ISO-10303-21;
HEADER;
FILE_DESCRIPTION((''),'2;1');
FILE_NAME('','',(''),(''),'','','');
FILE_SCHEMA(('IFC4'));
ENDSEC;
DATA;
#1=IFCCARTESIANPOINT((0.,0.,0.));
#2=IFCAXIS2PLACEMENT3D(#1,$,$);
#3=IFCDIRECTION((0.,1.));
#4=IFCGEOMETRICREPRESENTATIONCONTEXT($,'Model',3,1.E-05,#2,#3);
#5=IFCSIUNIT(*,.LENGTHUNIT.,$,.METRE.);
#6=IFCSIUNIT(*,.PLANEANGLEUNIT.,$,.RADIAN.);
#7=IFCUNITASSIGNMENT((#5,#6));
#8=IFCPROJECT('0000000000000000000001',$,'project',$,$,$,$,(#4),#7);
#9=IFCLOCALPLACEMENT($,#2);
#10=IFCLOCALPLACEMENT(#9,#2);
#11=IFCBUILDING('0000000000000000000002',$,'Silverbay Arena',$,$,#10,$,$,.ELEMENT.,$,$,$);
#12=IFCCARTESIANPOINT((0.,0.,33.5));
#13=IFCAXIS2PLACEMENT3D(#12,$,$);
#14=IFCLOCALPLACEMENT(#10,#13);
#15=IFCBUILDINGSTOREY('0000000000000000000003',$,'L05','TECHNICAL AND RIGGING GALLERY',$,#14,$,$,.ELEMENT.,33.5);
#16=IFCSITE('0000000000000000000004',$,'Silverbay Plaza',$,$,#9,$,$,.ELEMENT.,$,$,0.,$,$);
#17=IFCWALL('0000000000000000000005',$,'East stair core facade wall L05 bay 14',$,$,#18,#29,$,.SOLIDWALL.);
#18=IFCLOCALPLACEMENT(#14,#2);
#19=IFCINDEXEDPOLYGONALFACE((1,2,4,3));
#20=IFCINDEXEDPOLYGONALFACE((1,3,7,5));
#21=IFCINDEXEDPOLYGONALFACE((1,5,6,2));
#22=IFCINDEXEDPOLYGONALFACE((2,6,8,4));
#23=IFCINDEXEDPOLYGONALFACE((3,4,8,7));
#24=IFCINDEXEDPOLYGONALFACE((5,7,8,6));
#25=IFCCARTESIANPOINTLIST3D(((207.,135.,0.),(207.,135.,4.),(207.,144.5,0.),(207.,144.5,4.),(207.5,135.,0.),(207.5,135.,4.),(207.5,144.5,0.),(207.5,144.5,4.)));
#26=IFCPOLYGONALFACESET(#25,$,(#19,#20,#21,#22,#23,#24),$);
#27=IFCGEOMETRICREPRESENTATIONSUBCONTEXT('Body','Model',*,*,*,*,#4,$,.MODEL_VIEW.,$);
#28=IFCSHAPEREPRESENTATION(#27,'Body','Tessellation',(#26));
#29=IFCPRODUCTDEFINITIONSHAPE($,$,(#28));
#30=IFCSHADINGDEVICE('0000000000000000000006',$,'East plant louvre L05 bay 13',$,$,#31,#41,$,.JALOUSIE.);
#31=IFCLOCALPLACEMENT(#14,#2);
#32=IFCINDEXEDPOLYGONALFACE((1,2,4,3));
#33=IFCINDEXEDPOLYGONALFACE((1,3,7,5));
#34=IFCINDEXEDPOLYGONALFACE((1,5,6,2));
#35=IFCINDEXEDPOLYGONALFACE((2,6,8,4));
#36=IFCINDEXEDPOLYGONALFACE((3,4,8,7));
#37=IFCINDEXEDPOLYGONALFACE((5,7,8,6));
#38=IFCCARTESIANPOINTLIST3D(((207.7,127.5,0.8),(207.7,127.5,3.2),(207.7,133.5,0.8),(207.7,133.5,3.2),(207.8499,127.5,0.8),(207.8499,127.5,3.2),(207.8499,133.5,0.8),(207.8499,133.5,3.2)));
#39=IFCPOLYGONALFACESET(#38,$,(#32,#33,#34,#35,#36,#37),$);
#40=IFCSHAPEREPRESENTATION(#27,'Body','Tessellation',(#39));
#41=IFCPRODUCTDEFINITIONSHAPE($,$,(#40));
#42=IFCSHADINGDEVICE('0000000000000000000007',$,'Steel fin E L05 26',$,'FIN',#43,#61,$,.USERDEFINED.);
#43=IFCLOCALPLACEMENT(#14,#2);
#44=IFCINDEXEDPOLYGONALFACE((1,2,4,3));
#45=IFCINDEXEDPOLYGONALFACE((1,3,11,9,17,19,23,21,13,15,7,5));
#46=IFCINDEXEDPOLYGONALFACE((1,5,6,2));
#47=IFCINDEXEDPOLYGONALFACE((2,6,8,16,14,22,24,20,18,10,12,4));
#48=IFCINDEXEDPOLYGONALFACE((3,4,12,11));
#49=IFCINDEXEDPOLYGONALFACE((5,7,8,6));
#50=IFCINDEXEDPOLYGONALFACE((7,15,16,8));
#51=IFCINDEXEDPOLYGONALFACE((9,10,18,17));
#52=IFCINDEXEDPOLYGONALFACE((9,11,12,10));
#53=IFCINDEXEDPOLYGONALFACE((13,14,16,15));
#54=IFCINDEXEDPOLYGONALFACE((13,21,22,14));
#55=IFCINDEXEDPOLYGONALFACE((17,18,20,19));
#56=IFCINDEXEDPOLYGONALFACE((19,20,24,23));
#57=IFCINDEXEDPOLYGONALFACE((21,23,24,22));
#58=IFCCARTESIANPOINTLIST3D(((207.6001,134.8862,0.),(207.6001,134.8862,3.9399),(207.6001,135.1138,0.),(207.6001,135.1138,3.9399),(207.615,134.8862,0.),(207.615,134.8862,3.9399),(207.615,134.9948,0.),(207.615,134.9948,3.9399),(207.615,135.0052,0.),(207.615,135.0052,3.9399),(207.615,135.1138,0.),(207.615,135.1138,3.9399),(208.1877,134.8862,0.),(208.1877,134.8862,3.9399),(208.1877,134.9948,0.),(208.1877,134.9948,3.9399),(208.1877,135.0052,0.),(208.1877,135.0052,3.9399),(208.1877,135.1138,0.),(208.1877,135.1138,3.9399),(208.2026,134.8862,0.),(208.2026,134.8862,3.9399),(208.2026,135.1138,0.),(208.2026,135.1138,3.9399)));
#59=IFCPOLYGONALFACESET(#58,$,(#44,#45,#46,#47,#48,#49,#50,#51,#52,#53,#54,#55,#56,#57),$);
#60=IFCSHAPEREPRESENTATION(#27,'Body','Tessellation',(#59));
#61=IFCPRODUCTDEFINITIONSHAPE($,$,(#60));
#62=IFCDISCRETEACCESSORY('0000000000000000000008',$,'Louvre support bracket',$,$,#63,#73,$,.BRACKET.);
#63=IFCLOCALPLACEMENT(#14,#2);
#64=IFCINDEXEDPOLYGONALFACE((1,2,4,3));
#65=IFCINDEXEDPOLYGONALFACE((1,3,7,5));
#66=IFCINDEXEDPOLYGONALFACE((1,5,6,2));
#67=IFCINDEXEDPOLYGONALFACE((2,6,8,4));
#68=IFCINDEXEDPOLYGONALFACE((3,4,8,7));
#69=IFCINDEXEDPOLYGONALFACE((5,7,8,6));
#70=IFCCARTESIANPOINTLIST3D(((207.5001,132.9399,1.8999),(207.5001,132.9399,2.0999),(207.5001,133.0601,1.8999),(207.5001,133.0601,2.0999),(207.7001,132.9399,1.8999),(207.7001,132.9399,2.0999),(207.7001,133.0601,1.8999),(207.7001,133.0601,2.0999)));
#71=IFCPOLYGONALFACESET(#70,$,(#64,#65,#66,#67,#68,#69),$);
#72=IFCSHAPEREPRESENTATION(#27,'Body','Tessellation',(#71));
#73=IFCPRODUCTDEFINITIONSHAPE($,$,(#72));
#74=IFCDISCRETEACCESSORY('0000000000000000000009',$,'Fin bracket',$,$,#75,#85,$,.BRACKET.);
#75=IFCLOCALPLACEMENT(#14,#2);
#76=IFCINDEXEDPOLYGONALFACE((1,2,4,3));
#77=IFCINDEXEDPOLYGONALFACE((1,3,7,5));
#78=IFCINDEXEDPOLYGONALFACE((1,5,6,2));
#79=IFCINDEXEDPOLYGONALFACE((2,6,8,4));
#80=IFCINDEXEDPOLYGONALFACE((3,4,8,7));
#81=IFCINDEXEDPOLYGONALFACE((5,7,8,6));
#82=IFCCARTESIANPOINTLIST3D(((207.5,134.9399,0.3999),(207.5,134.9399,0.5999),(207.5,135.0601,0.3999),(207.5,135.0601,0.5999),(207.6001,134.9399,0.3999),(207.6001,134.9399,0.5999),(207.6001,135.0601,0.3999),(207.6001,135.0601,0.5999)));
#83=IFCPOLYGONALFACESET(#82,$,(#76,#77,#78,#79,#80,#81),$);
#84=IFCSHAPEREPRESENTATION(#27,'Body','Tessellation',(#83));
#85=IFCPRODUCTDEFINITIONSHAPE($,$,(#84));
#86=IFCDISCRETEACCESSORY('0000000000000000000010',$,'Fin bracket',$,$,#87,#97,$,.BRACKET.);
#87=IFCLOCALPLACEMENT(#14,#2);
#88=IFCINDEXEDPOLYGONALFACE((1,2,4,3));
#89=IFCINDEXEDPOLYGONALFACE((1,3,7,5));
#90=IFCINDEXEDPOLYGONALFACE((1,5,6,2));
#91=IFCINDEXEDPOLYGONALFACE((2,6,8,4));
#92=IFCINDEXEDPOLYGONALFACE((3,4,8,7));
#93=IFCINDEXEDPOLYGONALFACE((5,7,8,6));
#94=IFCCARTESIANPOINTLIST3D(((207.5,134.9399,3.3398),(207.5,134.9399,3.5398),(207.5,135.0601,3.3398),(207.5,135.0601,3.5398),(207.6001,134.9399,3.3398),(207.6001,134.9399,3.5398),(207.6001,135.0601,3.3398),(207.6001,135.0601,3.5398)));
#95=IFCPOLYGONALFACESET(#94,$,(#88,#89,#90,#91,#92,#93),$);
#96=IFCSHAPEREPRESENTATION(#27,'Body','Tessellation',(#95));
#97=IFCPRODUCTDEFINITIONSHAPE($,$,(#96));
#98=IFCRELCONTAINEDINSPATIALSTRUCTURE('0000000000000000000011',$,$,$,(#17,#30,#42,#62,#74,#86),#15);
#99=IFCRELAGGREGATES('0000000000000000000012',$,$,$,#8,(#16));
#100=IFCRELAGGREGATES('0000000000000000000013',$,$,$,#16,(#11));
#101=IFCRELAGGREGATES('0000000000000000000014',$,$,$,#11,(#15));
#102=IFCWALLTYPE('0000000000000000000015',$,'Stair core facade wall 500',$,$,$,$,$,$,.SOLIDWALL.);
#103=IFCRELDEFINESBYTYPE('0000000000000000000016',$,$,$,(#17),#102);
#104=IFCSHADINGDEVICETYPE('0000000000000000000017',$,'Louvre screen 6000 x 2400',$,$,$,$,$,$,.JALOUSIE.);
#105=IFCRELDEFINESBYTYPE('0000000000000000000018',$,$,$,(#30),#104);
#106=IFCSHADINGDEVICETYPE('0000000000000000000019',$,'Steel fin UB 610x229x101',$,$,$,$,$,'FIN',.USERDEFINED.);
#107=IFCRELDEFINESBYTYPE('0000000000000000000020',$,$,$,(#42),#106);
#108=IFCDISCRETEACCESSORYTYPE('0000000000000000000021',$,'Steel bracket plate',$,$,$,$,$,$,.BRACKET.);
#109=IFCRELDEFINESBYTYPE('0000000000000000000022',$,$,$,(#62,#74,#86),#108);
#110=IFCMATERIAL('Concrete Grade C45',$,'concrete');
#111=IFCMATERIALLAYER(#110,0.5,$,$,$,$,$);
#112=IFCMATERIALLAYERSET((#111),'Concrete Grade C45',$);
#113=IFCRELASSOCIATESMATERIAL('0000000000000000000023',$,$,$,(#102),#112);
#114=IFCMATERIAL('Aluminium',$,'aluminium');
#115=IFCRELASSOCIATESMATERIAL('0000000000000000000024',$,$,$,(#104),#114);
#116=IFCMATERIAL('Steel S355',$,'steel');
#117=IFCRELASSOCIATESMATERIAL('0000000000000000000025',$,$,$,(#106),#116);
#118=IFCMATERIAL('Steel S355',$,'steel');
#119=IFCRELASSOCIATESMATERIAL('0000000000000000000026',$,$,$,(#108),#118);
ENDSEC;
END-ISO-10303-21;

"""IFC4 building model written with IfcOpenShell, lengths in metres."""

from ifc_helpers import new_model, si_unit, direction, frame, frame_2d, origin, origin_2d, place, context, subcontext, project, spatial, rectangle, i_section, extrude, material, layer, layer_set, material_profile, profile_set, type_object, element, save


model = new_model("IFC4")

# Units and contexts
model_context = context("Model", 3, precision=1e-05, world=origin(), true_north=direction((0.0, 1.0)))
body_context = subcontext(model_context, "Body", "Model", "MODEL_VIEW")
ifc_project = project(units=[si_unit("LENGTHUNIT", "METRE"), si_unit("PLANEANGLEUNIT", "RADIAN")], contexts=[model_context])

# Site, building, storey
site_placement = place(None, origin())
site = spatial("IfcSite", under=ifc_project, at=site_placement, Name="Silverbay Plaza", CompositionType="ELEMENT", RefElevation=0.0)
building_placement = place(site_placement, origin())
building = spatial("IfcBuilding", under=site, at=building_placement, Name="Silverbay Arena", CompositionType="ELEMENT")
storey_placement = place(building_placement, frame((0.0, 0.0, 33.5)))
storey = spatial("IfcBuildingStorey", under=building, at=storey_placement, Name="L05", Description="TECHNICAL AND RIGGING GALLERY", CompositionType="ELEMENT", Elevation=33.5)

# Wall
ifc_material_1 = material(Name="Concrete Grade C45", Category="concrete")
ifc_layer_1 = layer(ifc_material_1, 0.5)
ifc_layer_set_1 = layer_set([ifc_layer_1], Name="Concrete Grade C45")
wall_type = type_object("IfcWallType", Name="Stair core facade wall 500", PredefinedType="SOLIDWALL", material=ifc_layer_set_1)
wall_placement = place(storey_placement, frame((207.25, 135.0, 0.0), z_axis=(0.0, 0.0, 1.0), x_axis=(0.0, 1.0, 0.0)))
element("IfcWall", 1, at=wall_placement, inside=storey, type_object=wall_type, Name="East stair core facade wall L05 bay 14", PredefinedType="SOLIDWALL", context=body_context, shape_type="SweptSolid", body=[
    extrude(rectangle(XDim=9.5, YDim=0.5, at=frame_2d((4.75, 0.0))), origin(), (0.0, 0.0, 1.0), 4.0),
])

# Shading devices
ifc_material_2 = material(Name="Aluminium", Category="aluminium")
shading_device_type_1 = type_object("IfcShadingDeviceType", Name="Louvre screen 6000 x 2400", PredefinedType="JALOUSIE", material=ifc_material_2)
shading_device_1_placement = place(storey_placement, frame((207.7749, 130.5, 0.8), z_axis=(0.0, 0.0, 1.0), x_axis=(0.0, 1.0, 0.0)))
element("IfcShadingDevice", 2, at=shading_device_1_placement, inside=storey, type_object=shading_device_type_1, Name="East plant louvre L05 bay 13", PredefinedType="JALOUSIE", context=body_context, shape_type="SweptSolid", body=[
    extrude(rectangle(XDim=6.0, YDim=0.1499, at=origin_2d()), origin(), (0.0, 0.0, 1.0), 2.3999),
])
ifc_material_3 = material(Name="Steel S355", Category="steel")
ifc_material_profile_1 = material_profile(ifc_material_3, i_section(OverallWidth=0.2275, OverallDepth=0.6025, WebThickness=0.0105, FlangeThickness=0.0149, at=origin_2d()), Name="UB 610x229x101")
ifc_profile_set_1 = profile_set([ifc_material_profile_1], Name="Steel S355")
shading_device_type_2 = type_object("IfcShadingDeviceType", Name="Steel fin UB 610x229x101", ElementType="FIN", PredefinedType="USERDEFINED", material=ifc_profile_set_1)
shading_device_2_placement = place(storey_placement, frame((207.9014, 135.0, 0.0), z_axis=(0.0, 0.0, 1.0), x_axis=(0.0, 1.0, 0.0)))
element("IfcShadingDevice", 3, at=shading_device_2_placement, inside=storey, type_object=shading_device_type_2, Name="Steel fin E L05 26", ObjectType="FIN", PredefinedType="USERDEFINED", context=body_context, shape_type="SweptSolid", body=[
    extrude(i_section(OverallWidth=0.2275, OverallDepth=0.6025, WebThickness=0.0105, FlangeThickness=0.0149, at=origin_2d()), origin(), (0.0, 0.0, 1.0), 3.9399),
])

# Discrete accessories
ifc_material_4 = material(Name="Steel S355", Category="steel")
discrete_accessory_type = type_object("IfcDiscreteAccessoryType", Name="Steel bracket plate", PredefinedType="BRACKET", material=ifc_material_4)
discrete_accessory_placement = place(storey_placement, frame((207.6001, 133.0, 1.8999), z_axis=(0.0, 0.0, 1.0), x_axis=(0.0, 1.0, 0.0)))
element("IfcDiscreteAccessory", 4, at=discrete_accessory_placement, inside=storey, type_object=discrete_accessory_type, Name="Louvre support bracket", PredefinedType="BRACKET", context=body_context, shape_type="SweptSolid", body=[
    extrude(rectangle(XDim=0.1201, YDim=0.2, at=origin_2d()), origin(), (0.0, 0.0, 1.0), 0.2),
])
for number, where, z_axis, x_axis, name in (
    (5, (207.55, 135.0, 0.3999), (0.0, 0.0, 1.0), (1.0, 0.0, 0.0), "Fin bracket"),
    (6, (207.55, 135.0, 3.3398), (0.0, 0.0, 1.0), (1.0, 0.0, 0.0), "Fin bracket"),
):
    element("IfcDiscreteAccessory", number, at=place(storey_placement, frame(where, z_axis=z_axis, x_axis=x_axis)), inside=storey, type_object=discrete_accessory_type, Name=name, PredefinedType="BRACKET", context=body_context, shape_type="SweptSolid", body=[
        extrude(rectangle(XDim=0.1001, YDim=0.1201, at=origin_2d()), origin(), (0.0, 0.0, 1.0), 0.2),
    ])

save(model, "model.ifc")
